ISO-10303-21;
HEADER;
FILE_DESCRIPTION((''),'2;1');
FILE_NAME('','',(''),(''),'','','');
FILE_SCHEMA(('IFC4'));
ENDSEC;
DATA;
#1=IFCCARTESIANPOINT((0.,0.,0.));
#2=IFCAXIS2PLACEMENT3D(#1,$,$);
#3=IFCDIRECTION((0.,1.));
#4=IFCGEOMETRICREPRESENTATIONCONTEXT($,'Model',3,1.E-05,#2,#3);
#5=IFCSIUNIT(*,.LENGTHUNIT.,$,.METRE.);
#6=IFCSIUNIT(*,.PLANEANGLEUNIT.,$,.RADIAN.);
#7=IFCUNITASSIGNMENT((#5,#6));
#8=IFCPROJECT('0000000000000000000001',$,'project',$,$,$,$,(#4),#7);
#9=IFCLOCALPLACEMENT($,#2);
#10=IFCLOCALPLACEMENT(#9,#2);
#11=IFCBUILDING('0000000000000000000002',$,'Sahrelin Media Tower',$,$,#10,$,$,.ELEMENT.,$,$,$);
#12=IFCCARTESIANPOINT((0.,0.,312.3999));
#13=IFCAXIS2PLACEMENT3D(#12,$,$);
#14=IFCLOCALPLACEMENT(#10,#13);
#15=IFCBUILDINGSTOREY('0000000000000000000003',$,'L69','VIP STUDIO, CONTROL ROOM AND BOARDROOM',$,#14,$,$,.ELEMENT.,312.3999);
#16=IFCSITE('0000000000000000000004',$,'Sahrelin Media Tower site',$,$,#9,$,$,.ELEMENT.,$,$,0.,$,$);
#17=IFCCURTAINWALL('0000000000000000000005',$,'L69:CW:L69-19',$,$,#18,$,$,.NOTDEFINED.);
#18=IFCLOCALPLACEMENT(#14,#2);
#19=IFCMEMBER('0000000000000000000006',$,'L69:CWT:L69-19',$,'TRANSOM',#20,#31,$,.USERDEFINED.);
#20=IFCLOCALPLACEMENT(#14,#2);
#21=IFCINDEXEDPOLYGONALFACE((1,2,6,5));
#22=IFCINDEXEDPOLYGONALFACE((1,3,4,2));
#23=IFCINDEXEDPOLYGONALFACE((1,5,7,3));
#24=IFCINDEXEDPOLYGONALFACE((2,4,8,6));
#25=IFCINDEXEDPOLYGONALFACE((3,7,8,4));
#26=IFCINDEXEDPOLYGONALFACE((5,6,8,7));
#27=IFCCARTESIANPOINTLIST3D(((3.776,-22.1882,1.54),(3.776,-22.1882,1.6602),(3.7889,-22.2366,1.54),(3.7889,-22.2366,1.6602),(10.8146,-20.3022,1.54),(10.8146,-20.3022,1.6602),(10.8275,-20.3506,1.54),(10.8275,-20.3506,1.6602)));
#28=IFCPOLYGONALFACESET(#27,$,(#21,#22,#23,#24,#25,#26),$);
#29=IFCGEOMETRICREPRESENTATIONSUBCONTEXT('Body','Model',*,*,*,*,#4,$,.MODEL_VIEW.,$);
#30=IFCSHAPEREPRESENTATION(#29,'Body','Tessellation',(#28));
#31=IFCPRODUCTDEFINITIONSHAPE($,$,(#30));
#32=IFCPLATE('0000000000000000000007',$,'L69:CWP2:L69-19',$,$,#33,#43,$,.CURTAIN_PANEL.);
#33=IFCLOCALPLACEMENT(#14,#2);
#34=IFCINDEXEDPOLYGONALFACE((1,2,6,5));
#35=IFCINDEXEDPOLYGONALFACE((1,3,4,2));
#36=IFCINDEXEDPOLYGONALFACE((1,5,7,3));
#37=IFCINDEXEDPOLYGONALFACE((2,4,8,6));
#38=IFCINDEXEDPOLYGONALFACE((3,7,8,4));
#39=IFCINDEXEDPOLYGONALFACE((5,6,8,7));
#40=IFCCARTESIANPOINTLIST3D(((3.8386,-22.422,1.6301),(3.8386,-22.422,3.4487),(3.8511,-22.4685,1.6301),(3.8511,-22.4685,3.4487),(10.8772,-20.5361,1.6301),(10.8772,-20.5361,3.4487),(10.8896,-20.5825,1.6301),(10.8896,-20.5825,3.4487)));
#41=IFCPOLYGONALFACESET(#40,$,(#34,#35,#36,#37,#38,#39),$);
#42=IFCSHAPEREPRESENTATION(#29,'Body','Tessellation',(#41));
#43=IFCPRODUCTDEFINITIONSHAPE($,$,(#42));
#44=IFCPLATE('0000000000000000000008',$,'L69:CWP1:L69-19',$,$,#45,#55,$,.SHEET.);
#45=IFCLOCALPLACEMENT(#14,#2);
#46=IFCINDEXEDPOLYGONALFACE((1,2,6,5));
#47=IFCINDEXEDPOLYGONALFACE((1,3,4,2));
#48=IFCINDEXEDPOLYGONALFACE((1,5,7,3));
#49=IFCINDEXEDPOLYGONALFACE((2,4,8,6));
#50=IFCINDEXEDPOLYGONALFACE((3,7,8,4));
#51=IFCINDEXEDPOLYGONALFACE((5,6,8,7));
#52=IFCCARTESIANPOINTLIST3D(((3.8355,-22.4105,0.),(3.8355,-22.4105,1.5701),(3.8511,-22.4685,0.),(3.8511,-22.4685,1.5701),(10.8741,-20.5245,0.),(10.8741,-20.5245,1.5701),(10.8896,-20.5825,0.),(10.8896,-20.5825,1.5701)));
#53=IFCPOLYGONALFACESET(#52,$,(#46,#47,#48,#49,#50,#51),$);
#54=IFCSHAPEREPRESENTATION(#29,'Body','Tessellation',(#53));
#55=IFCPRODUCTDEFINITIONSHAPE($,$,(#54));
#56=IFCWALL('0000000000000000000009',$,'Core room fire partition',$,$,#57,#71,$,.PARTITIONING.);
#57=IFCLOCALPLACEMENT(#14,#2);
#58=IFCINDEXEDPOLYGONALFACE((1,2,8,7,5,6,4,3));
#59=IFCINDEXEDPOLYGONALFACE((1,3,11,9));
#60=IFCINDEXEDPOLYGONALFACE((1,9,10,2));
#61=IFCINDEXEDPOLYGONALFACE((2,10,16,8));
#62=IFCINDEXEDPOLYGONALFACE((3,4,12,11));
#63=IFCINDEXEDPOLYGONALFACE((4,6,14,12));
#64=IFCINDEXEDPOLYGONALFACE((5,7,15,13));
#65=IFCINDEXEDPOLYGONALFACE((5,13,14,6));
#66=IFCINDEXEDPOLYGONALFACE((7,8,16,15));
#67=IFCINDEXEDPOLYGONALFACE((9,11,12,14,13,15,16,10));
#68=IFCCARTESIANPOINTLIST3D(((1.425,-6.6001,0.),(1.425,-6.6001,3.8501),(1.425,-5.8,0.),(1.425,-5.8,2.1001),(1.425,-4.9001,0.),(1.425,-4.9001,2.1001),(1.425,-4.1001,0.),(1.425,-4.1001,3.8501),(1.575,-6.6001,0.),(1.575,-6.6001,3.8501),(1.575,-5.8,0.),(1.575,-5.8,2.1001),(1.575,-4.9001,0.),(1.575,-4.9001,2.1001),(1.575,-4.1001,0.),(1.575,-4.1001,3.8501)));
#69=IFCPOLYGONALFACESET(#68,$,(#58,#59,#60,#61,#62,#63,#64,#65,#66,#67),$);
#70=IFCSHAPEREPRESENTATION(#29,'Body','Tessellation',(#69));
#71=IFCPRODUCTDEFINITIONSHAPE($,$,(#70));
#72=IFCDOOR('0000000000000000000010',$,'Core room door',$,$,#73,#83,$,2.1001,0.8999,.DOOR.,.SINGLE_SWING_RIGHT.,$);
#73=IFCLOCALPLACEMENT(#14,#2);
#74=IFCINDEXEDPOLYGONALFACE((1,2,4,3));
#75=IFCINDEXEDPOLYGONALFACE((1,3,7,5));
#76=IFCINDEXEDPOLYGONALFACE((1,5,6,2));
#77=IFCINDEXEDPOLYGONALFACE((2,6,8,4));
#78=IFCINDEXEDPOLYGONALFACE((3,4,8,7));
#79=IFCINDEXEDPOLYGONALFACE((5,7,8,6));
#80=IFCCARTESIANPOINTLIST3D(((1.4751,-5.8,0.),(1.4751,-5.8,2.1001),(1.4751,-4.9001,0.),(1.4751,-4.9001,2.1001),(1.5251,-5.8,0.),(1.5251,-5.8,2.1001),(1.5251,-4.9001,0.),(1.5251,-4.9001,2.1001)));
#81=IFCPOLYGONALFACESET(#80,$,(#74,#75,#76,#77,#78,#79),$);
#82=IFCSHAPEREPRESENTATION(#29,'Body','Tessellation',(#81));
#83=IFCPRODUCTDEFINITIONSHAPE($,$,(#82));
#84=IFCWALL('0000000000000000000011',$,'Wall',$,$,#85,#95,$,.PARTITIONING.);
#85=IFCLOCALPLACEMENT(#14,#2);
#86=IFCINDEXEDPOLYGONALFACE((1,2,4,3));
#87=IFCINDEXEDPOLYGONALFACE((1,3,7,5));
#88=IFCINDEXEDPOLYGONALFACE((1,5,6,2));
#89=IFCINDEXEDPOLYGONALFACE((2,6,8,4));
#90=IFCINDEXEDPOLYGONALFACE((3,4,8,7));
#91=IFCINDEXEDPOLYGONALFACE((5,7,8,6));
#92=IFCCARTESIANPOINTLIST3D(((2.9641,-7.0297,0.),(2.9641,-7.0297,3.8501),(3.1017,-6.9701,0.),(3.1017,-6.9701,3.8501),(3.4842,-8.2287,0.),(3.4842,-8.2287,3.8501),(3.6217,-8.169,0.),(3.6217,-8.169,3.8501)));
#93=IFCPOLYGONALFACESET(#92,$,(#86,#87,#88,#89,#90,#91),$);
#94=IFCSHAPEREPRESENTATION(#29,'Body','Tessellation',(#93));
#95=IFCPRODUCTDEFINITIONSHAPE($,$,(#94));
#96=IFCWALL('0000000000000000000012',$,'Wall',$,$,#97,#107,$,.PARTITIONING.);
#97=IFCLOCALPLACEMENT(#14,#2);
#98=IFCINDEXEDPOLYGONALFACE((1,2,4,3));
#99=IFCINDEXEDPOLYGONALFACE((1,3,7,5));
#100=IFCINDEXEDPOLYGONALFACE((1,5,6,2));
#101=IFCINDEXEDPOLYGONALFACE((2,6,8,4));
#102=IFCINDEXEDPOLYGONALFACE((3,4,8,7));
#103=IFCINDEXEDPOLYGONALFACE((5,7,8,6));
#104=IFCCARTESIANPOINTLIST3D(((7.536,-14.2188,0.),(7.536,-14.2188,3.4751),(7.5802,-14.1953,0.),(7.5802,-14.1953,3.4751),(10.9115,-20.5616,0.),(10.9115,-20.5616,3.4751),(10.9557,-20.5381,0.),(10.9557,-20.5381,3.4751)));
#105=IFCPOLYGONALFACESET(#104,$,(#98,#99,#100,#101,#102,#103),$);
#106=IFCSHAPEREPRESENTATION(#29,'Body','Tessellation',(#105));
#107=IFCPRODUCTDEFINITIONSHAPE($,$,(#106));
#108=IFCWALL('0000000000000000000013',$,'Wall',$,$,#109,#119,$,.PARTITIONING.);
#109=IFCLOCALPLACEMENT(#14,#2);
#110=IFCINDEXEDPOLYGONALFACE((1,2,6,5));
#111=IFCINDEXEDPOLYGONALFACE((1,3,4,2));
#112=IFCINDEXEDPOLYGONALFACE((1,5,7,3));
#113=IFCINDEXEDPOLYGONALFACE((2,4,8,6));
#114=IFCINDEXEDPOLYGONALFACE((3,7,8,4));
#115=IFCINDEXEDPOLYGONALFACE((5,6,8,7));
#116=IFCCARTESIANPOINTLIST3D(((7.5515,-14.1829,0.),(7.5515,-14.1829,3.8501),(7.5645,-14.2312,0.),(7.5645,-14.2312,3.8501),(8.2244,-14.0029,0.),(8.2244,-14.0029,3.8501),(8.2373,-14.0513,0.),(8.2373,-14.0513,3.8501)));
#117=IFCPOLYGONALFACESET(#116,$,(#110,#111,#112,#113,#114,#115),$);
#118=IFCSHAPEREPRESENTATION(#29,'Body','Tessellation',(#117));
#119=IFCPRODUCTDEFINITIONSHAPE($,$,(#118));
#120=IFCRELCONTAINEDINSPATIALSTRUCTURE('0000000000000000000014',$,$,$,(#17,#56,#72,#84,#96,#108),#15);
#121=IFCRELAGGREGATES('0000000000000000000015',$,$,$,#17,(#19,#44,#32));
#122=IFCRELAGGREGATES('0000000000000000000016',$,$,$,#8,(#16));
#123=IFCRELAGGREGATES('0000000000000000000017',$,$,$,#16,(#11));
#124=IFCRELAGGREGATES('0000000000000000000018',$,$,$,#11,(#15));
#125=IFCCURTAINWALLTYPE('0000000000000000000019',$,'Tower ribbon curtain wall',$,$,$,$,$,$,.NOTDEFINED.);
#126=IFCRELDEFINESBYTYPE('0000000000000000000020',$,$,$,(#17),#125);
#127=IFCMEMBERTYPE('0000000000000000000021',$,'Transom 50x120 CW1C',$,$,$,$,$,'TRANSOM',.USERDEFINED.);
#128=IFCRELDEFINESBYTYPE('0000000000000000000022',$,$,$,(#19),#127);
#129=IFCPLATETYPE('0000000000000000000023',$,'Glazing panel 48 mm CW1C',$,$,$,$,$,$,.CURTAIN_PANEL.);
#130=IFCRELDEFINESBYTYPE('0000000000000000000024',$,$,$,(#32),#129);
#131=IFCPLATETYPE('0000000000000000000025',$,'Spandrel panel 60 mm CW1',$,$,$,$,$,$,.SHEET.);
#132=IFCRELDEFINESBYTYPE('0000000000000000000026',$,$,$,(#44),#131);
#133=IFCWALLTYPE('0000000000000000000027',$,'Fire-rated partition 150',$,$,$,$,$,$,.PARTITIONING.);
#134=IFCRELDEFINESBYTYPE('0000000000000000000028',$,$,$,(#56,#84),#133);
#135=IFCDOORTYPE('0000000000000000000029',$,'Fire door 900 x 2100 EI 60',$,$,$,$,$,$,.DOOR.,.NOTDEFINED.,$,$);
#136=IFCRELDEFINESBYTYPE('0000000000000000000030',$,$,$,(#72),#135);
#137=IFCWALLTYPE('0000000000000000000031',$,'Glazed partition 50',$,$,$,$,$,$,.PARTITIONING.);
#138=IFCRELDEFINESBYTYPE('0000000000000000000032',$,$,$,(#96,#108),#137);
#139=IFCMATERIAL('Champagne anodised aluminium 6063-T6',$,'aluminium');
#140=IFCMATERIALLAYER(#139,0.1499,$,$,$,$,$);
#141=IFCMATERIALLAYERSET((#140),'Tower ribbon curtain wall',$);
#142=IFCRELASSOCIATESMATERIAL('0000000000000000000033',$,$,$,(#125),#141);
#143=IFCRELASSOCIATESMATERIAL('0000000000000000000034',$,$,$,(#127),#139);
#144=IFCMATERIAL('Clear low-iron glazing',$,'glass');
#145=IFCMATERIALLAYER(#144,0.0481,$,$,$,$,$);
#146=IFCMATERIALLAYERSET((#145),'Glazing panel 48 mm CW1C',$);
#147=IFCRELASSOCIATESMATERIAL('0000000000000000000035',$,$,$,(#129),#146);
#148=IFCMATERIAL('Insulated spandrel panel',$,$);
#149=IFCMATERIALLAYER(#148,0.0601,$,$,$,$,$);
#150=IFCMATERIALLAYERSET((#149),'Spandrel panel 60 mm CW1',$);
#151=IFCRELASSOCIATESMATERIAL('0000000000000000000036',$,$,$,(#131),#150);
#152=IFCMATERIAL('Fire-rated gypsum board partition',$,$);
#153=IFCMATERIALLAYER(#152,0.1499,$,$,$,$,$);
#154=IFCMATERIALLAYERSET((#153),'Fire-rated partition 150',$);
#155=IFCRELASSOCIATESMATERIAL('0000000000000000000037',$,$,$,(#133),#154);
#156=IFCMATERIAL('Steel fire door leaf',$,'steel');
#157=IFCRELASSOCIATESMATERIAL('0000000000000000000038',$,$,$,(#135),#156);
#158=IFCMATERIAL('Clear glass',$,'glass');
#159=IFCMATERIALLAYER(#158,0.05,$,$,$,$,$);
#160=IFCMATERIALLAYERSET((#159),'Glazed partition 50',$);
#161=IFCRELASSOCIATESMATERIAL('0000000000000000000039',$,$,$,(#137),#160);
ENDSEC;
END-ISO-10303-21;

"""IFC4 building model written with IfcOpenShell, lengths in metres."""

from ifc_helpers import new_model, si_unit, direction, frame, frame_2d, origin, origin_2d, place, context, subcontext, project, spatial, polyline, rectangle, outline, extrude, material, layer, layer_set, material_profile, profile_set, type_object, element, fill, aggregate, save


model = new_model("IFC4")

# Units and contexts
model_context = context("Model", 3, precision=1e-05, world=origin(), true_north=direction((0.0, 1.0)))
body_context = subcontext(model_context, "Body", "Model", "MODEL_VIEW")
ifc_project = project(units=[si_unit("LENGTHUNIT", "METRE"), si_unit("PLANEANGLEUNIT", "RADIAN")], contexts=[model_context])

# Site, building, storey
site_placement = place(None, origin())
site = spatial("IfcSite", under=ifc_project, at=site_placement, Name="Sahrelin Media Tower site", CompositionType="ELEMENT", RefElevation=0.0)
building_placement = place(site_placement, origin())
building = spatial("IfcBuilding", under=site, at=building_placement, Name="Sahrelin Media Tower", CompositionType="ELEMENT")
storey_placement = place(building_placement, frame((0.0, 0.0, 312.3999)))
storey = spatial("IfcBuildingStorey", under=building, at=storey_placement, Name="L69", Description="VIP STUDIO, CONTROL ROOM AND BOARDROOM", CompositionType="ELEMENT", Elevation=312.3999)

# Curtain wall
ifc_material_1 = material(Name="Champagne anodised aluminium 6063-T6", Category="aluminium")
ifc_layer_1 = layer(ifc_material_1, 0.1499)
ifc_layer_set_1 = layer_set([ifc_layer_1], Name="Tower ribbon curtain wall")
curtain_wall_type = type_object("IfcCurtainWallType", Name="Tower ribbon curtain wall", PredefinedType="NOTDEFINED", material=ifc_layer_set_1)
curtain_wall_1_placement = place(storey_placement, frame((7.365, -21.5061, 0.0), z_axis=(0.0, 0.0, 1.0), x_axis=(1.0, 0.0, 0.0)))
curtain_wall_1 = element("IfcCurtainWall", 1, at=curtain_wall_1_placement, inside=storey, type_object=curtain_wall_type, Name="L69:CW:L69-19", PredefinedType="NOTDEFINED")

# Member
ifc_material_profile_1 = material_profile(ifc_material_1, rectangle(XDim=0.05, YDim=0.1201, at=origin_2d()), Name="Transom 50x120")
ifc_profile_set_1 = profile_set([ifc_material_profile_1], Name="Champagne anodised aluminium 6063-T6")
member_type_1 = type_object("IfcMemberType", Name="Transom 50x120 CW1C", ElementType="TRANSOM", PredefinedType="USERDEFINED", material=ifc_profile_set_1)
member_1_placement = place(storey_placement, frame((3.7825, -22.2124, 1.6001), z_axis=(0.965926, 0.25882, 0.0), x_axis=(-0.25882, 0.965926, 0.0)))
member_1 = element("IfcMember", 2, at=member_1_placement, type_object=member_type_1, Name="L69:CWT:L69-19", ObjectType="TRANSOM", PredefinedType="USERDEFINED", context=body_context, shape_type="SweptSolid", body=[
    extrude(rectangle(XDim=0.05, YDim=0.1201, at=origin_2d()), origin(), (0.0, 0.0, 1.0), 7.2869),
])

# Plates
ifc_material_2 = material(Name="Clear low-iron glazing", Category="glass")
ifc_layer_2 = layer(ifc_material_2, 0.0481)
ifc_layer_set_2 = layer_set([ifc_layer_2], Name="Glazing panel 48 mm CW1C")
plate_type_1 = type_object("IfcPlateType", Name="Glazing panel 48 mm CW1C", PredefinedType="CURTAIN_PANEL", material=ifc_layer_set_2)
plate_1_placement = place(storey_placement, frame((3.8511, -22.4685, 1.6301), z_axis=(0.25882, -0.965926, 0.0), x_axis=(0.965926, 0.25882, 0.0)))
plate_1 = element("IfcPlate", 3, at=plate_1_placement, type_object=plate_type_1, Name="L69:CWP2:L69-19", PredefinedType="CURTAIN_PANEL", context=body_context, shape_type="SweptSolid", body=[
    extrude(outline(polyline([(0.0, 0.0), (7.2869, 0.0), (7.2869, 1.8186), (0.0, 1.8186), (0.0, 0.0)])), origin(), (0.0, 0.0, -1.0), 0.0481),
])
ifc_material_3 = material(Name="Insulated spandrel panel")
ifc_layer_3 = layer(ifc_material_3, 0.0601)
ifc_layer_set_3 = layer_set([ifc_layer_3], Name="Spandrel panel 60 mm CW1")
plate_type_2 = type_object("IfcPlateType", Name="Spandrel panel 60 mm CW1", PredefinedType="SHEET", material=ifc_layer_set_3)
plate_2_placement = place(storey_placement, frame((3.8511, -22.4685, 0.0), z_axis=(0.25882, -0.965926, 0.0), x_axis=(0.965926, 0.25882, 0.0)))
plate_2 = element("IfcPlate", 4, at=plate_2_placement, type_object=plate_type_2, Name="L69:CWP1:L69-19", PredefinedType="SHEET", context=body_context, shape_type="SweptSolid", body=[
    extrude(outline(polyline([(0.0, 0.0), (7.2869, 0.0), (7.2869, 1.5701), (0.0, 1.5701), (0.0, 0.0)])), origin(), (0.0, 0.0, -1.0), 0.0601),
])
aggregate(curtain_wall_1, [member_1, plate_2, plate_1])

# Wall, opening, door
ifc_material_4 = material(Name="Fire-rated gypsum board partition")
ifc_layer_4 = layer(ifc_material_4, 0.1499)
ifc_layer_set_4 = layer_set([ifc_layer_4], Name="Fire-rated partition 150")
wall_type_1 = type_object("IfcWallType", Name="Fire-rated partition 150", PredefinedType="PARTITIONING", material=ifc_layer_set_4)
wall_1_placement = place(storey_placement, frame((1.5, -6.6001, 0.0), z_axis=(0.0, 0.0, 1.0), x_axis=(0.0, 1.0, 0.0)))
wall_1 = element("IfcWall", 5, at=wall_1_placement, inside=storey, type_object=wall_type_1, Name="Core room fire partition", PredefinedType="PARTITIONING", context=body_context, shape_type="SweptSolid", body=[
    extrude(rectangle(XDim=2.5, YDim=0.1499, at=frame_2d((1.25, 0.0))), origin(), (0.0, 0.0, 1.0), 3.8501),
])
opening_placement = place(wall_1_placement, frame((0.8, 0.0, 0.0)))
opening = element("IfcOpeningElement", 6, at=opening_placement, cuts=wall_1, PredefinedType="OPENING", context=body_context, shape_type="SweptSolid", body=[
    extrude(rectangle(XDim=0.8999, YDim=2.1001, at=frame_2d((0.45, 1.05))), frame((0.0, 0.075, 0.0), z_axis=(0.0, -1.0, 0.0), x_axis=(1.0, 0.0, 0.0)), (0.0, 0.0, 1.0), 0.1499),
])
ifc_material_5 = material(Name="Steel fire door leaf", Category="steel")
door_type = type_object("IfcDoorType", Name="Fire door 900 x 2100 EI 60", OperationType="NOTDEFINED", PredefinedType="DOOR", material=ifc_material_5)
door_placement = place(opening_placement, origin())
door = element("IfcDoor", 7, at=door_placement, inside=storey, type_object=door_type, Name="Core room door", OperationType="SINGLE_SWING_RIGHT", OverallHeight=2.1001, OverallWidth=0.8999, PredefinedType="DOOR", context=body_context, shape_type="SweptSolid", body=[
    extrude(rectangle(XDim=0.8999, YDim=2.1001, at=frame_2d((0.45, 1.05))), frame((0.0, 0.0249, 0.0), z_axis=(0.0, -1.0, 0.0), x_axis=(1.0, 0.0, 0.0)), (0.0, 0.0, 1.0), 0.05),
])
fill(opening, door)

# Walls
wall_2_placement = place(storey_placement, frame((3.033, -7.0, 0.0), z_axis=(0.0, 0.0, 1.0), x_axis=(0.397906, -0.917426, 0.0)))
element("IfcWall", 8, at=wall_2_placement, inside=storey, type_object=wall_type_1, Name="Wall", PredefinedType="PARTITIONING", context=body_context, shape_type="SweptSolid", body=[
    extrude(rectangle(XDim=1.3069, YDim=0.1499, at=frame_2d((0.6533, 0.0))), origin(), (0.0, 0.0, 1.0), 3.8501),
])
ifc_material_6 = material(Name="Clear glass", Category="glass")
ifc_layer_5 = layer(ifc_material_6, 0.05)
ifc_layer_set_5 = layer_set([ifc_layer_5], Name="Glazed partition 50")
wall_type_2 = type_object("IfcWallType", Name="Glazed partition 50", PredefinedType="PARTITIONING", material=ifc_layer_set_5)
wall_3_placement = place(storey_placement, frame((7.5581, -14.207, 0.0), z_axis=(0.0, 0.0, 1.0), x_axis=(0.469794, -0.882776, 0.0)))
element("IfcWall", 9, at=wall_3_placement, inside=storey, type_object=wall_type_2, Name="Wall", PredefinedType="PARTITIONING", context=body_context, shape_type="SweptSolid", body=[
    extrude(rectangle(XDim=7.1851, YDim=0.05, at=frame_2d((3.5925, 0.0))), origin(), (0.0, 0.0, 1.0), 3.4751),
])
wall_4_placement = place(storey_placement, frame((7.5581, -14.207, 0.0), z_axis=(0.0, 0.0, 1.0), x_axis=(0.966054, 0.258339, 0.0)))
element("IfcWall", 10, at=wall_4_placement, inside=storey, type_object=wall_type_2, Name="Wall", PredefinedType="PARTITIONING", context=body_context, shape_type="SweptSolid", body=[
    extrude(rectangle(XDim=0.6965, YDim=0.05, at=frame_2d((0.3481, 0.0))), origin(), (0.0, 0.0, 1.0), 3.8501),
])

save(model, "model.ifc")
